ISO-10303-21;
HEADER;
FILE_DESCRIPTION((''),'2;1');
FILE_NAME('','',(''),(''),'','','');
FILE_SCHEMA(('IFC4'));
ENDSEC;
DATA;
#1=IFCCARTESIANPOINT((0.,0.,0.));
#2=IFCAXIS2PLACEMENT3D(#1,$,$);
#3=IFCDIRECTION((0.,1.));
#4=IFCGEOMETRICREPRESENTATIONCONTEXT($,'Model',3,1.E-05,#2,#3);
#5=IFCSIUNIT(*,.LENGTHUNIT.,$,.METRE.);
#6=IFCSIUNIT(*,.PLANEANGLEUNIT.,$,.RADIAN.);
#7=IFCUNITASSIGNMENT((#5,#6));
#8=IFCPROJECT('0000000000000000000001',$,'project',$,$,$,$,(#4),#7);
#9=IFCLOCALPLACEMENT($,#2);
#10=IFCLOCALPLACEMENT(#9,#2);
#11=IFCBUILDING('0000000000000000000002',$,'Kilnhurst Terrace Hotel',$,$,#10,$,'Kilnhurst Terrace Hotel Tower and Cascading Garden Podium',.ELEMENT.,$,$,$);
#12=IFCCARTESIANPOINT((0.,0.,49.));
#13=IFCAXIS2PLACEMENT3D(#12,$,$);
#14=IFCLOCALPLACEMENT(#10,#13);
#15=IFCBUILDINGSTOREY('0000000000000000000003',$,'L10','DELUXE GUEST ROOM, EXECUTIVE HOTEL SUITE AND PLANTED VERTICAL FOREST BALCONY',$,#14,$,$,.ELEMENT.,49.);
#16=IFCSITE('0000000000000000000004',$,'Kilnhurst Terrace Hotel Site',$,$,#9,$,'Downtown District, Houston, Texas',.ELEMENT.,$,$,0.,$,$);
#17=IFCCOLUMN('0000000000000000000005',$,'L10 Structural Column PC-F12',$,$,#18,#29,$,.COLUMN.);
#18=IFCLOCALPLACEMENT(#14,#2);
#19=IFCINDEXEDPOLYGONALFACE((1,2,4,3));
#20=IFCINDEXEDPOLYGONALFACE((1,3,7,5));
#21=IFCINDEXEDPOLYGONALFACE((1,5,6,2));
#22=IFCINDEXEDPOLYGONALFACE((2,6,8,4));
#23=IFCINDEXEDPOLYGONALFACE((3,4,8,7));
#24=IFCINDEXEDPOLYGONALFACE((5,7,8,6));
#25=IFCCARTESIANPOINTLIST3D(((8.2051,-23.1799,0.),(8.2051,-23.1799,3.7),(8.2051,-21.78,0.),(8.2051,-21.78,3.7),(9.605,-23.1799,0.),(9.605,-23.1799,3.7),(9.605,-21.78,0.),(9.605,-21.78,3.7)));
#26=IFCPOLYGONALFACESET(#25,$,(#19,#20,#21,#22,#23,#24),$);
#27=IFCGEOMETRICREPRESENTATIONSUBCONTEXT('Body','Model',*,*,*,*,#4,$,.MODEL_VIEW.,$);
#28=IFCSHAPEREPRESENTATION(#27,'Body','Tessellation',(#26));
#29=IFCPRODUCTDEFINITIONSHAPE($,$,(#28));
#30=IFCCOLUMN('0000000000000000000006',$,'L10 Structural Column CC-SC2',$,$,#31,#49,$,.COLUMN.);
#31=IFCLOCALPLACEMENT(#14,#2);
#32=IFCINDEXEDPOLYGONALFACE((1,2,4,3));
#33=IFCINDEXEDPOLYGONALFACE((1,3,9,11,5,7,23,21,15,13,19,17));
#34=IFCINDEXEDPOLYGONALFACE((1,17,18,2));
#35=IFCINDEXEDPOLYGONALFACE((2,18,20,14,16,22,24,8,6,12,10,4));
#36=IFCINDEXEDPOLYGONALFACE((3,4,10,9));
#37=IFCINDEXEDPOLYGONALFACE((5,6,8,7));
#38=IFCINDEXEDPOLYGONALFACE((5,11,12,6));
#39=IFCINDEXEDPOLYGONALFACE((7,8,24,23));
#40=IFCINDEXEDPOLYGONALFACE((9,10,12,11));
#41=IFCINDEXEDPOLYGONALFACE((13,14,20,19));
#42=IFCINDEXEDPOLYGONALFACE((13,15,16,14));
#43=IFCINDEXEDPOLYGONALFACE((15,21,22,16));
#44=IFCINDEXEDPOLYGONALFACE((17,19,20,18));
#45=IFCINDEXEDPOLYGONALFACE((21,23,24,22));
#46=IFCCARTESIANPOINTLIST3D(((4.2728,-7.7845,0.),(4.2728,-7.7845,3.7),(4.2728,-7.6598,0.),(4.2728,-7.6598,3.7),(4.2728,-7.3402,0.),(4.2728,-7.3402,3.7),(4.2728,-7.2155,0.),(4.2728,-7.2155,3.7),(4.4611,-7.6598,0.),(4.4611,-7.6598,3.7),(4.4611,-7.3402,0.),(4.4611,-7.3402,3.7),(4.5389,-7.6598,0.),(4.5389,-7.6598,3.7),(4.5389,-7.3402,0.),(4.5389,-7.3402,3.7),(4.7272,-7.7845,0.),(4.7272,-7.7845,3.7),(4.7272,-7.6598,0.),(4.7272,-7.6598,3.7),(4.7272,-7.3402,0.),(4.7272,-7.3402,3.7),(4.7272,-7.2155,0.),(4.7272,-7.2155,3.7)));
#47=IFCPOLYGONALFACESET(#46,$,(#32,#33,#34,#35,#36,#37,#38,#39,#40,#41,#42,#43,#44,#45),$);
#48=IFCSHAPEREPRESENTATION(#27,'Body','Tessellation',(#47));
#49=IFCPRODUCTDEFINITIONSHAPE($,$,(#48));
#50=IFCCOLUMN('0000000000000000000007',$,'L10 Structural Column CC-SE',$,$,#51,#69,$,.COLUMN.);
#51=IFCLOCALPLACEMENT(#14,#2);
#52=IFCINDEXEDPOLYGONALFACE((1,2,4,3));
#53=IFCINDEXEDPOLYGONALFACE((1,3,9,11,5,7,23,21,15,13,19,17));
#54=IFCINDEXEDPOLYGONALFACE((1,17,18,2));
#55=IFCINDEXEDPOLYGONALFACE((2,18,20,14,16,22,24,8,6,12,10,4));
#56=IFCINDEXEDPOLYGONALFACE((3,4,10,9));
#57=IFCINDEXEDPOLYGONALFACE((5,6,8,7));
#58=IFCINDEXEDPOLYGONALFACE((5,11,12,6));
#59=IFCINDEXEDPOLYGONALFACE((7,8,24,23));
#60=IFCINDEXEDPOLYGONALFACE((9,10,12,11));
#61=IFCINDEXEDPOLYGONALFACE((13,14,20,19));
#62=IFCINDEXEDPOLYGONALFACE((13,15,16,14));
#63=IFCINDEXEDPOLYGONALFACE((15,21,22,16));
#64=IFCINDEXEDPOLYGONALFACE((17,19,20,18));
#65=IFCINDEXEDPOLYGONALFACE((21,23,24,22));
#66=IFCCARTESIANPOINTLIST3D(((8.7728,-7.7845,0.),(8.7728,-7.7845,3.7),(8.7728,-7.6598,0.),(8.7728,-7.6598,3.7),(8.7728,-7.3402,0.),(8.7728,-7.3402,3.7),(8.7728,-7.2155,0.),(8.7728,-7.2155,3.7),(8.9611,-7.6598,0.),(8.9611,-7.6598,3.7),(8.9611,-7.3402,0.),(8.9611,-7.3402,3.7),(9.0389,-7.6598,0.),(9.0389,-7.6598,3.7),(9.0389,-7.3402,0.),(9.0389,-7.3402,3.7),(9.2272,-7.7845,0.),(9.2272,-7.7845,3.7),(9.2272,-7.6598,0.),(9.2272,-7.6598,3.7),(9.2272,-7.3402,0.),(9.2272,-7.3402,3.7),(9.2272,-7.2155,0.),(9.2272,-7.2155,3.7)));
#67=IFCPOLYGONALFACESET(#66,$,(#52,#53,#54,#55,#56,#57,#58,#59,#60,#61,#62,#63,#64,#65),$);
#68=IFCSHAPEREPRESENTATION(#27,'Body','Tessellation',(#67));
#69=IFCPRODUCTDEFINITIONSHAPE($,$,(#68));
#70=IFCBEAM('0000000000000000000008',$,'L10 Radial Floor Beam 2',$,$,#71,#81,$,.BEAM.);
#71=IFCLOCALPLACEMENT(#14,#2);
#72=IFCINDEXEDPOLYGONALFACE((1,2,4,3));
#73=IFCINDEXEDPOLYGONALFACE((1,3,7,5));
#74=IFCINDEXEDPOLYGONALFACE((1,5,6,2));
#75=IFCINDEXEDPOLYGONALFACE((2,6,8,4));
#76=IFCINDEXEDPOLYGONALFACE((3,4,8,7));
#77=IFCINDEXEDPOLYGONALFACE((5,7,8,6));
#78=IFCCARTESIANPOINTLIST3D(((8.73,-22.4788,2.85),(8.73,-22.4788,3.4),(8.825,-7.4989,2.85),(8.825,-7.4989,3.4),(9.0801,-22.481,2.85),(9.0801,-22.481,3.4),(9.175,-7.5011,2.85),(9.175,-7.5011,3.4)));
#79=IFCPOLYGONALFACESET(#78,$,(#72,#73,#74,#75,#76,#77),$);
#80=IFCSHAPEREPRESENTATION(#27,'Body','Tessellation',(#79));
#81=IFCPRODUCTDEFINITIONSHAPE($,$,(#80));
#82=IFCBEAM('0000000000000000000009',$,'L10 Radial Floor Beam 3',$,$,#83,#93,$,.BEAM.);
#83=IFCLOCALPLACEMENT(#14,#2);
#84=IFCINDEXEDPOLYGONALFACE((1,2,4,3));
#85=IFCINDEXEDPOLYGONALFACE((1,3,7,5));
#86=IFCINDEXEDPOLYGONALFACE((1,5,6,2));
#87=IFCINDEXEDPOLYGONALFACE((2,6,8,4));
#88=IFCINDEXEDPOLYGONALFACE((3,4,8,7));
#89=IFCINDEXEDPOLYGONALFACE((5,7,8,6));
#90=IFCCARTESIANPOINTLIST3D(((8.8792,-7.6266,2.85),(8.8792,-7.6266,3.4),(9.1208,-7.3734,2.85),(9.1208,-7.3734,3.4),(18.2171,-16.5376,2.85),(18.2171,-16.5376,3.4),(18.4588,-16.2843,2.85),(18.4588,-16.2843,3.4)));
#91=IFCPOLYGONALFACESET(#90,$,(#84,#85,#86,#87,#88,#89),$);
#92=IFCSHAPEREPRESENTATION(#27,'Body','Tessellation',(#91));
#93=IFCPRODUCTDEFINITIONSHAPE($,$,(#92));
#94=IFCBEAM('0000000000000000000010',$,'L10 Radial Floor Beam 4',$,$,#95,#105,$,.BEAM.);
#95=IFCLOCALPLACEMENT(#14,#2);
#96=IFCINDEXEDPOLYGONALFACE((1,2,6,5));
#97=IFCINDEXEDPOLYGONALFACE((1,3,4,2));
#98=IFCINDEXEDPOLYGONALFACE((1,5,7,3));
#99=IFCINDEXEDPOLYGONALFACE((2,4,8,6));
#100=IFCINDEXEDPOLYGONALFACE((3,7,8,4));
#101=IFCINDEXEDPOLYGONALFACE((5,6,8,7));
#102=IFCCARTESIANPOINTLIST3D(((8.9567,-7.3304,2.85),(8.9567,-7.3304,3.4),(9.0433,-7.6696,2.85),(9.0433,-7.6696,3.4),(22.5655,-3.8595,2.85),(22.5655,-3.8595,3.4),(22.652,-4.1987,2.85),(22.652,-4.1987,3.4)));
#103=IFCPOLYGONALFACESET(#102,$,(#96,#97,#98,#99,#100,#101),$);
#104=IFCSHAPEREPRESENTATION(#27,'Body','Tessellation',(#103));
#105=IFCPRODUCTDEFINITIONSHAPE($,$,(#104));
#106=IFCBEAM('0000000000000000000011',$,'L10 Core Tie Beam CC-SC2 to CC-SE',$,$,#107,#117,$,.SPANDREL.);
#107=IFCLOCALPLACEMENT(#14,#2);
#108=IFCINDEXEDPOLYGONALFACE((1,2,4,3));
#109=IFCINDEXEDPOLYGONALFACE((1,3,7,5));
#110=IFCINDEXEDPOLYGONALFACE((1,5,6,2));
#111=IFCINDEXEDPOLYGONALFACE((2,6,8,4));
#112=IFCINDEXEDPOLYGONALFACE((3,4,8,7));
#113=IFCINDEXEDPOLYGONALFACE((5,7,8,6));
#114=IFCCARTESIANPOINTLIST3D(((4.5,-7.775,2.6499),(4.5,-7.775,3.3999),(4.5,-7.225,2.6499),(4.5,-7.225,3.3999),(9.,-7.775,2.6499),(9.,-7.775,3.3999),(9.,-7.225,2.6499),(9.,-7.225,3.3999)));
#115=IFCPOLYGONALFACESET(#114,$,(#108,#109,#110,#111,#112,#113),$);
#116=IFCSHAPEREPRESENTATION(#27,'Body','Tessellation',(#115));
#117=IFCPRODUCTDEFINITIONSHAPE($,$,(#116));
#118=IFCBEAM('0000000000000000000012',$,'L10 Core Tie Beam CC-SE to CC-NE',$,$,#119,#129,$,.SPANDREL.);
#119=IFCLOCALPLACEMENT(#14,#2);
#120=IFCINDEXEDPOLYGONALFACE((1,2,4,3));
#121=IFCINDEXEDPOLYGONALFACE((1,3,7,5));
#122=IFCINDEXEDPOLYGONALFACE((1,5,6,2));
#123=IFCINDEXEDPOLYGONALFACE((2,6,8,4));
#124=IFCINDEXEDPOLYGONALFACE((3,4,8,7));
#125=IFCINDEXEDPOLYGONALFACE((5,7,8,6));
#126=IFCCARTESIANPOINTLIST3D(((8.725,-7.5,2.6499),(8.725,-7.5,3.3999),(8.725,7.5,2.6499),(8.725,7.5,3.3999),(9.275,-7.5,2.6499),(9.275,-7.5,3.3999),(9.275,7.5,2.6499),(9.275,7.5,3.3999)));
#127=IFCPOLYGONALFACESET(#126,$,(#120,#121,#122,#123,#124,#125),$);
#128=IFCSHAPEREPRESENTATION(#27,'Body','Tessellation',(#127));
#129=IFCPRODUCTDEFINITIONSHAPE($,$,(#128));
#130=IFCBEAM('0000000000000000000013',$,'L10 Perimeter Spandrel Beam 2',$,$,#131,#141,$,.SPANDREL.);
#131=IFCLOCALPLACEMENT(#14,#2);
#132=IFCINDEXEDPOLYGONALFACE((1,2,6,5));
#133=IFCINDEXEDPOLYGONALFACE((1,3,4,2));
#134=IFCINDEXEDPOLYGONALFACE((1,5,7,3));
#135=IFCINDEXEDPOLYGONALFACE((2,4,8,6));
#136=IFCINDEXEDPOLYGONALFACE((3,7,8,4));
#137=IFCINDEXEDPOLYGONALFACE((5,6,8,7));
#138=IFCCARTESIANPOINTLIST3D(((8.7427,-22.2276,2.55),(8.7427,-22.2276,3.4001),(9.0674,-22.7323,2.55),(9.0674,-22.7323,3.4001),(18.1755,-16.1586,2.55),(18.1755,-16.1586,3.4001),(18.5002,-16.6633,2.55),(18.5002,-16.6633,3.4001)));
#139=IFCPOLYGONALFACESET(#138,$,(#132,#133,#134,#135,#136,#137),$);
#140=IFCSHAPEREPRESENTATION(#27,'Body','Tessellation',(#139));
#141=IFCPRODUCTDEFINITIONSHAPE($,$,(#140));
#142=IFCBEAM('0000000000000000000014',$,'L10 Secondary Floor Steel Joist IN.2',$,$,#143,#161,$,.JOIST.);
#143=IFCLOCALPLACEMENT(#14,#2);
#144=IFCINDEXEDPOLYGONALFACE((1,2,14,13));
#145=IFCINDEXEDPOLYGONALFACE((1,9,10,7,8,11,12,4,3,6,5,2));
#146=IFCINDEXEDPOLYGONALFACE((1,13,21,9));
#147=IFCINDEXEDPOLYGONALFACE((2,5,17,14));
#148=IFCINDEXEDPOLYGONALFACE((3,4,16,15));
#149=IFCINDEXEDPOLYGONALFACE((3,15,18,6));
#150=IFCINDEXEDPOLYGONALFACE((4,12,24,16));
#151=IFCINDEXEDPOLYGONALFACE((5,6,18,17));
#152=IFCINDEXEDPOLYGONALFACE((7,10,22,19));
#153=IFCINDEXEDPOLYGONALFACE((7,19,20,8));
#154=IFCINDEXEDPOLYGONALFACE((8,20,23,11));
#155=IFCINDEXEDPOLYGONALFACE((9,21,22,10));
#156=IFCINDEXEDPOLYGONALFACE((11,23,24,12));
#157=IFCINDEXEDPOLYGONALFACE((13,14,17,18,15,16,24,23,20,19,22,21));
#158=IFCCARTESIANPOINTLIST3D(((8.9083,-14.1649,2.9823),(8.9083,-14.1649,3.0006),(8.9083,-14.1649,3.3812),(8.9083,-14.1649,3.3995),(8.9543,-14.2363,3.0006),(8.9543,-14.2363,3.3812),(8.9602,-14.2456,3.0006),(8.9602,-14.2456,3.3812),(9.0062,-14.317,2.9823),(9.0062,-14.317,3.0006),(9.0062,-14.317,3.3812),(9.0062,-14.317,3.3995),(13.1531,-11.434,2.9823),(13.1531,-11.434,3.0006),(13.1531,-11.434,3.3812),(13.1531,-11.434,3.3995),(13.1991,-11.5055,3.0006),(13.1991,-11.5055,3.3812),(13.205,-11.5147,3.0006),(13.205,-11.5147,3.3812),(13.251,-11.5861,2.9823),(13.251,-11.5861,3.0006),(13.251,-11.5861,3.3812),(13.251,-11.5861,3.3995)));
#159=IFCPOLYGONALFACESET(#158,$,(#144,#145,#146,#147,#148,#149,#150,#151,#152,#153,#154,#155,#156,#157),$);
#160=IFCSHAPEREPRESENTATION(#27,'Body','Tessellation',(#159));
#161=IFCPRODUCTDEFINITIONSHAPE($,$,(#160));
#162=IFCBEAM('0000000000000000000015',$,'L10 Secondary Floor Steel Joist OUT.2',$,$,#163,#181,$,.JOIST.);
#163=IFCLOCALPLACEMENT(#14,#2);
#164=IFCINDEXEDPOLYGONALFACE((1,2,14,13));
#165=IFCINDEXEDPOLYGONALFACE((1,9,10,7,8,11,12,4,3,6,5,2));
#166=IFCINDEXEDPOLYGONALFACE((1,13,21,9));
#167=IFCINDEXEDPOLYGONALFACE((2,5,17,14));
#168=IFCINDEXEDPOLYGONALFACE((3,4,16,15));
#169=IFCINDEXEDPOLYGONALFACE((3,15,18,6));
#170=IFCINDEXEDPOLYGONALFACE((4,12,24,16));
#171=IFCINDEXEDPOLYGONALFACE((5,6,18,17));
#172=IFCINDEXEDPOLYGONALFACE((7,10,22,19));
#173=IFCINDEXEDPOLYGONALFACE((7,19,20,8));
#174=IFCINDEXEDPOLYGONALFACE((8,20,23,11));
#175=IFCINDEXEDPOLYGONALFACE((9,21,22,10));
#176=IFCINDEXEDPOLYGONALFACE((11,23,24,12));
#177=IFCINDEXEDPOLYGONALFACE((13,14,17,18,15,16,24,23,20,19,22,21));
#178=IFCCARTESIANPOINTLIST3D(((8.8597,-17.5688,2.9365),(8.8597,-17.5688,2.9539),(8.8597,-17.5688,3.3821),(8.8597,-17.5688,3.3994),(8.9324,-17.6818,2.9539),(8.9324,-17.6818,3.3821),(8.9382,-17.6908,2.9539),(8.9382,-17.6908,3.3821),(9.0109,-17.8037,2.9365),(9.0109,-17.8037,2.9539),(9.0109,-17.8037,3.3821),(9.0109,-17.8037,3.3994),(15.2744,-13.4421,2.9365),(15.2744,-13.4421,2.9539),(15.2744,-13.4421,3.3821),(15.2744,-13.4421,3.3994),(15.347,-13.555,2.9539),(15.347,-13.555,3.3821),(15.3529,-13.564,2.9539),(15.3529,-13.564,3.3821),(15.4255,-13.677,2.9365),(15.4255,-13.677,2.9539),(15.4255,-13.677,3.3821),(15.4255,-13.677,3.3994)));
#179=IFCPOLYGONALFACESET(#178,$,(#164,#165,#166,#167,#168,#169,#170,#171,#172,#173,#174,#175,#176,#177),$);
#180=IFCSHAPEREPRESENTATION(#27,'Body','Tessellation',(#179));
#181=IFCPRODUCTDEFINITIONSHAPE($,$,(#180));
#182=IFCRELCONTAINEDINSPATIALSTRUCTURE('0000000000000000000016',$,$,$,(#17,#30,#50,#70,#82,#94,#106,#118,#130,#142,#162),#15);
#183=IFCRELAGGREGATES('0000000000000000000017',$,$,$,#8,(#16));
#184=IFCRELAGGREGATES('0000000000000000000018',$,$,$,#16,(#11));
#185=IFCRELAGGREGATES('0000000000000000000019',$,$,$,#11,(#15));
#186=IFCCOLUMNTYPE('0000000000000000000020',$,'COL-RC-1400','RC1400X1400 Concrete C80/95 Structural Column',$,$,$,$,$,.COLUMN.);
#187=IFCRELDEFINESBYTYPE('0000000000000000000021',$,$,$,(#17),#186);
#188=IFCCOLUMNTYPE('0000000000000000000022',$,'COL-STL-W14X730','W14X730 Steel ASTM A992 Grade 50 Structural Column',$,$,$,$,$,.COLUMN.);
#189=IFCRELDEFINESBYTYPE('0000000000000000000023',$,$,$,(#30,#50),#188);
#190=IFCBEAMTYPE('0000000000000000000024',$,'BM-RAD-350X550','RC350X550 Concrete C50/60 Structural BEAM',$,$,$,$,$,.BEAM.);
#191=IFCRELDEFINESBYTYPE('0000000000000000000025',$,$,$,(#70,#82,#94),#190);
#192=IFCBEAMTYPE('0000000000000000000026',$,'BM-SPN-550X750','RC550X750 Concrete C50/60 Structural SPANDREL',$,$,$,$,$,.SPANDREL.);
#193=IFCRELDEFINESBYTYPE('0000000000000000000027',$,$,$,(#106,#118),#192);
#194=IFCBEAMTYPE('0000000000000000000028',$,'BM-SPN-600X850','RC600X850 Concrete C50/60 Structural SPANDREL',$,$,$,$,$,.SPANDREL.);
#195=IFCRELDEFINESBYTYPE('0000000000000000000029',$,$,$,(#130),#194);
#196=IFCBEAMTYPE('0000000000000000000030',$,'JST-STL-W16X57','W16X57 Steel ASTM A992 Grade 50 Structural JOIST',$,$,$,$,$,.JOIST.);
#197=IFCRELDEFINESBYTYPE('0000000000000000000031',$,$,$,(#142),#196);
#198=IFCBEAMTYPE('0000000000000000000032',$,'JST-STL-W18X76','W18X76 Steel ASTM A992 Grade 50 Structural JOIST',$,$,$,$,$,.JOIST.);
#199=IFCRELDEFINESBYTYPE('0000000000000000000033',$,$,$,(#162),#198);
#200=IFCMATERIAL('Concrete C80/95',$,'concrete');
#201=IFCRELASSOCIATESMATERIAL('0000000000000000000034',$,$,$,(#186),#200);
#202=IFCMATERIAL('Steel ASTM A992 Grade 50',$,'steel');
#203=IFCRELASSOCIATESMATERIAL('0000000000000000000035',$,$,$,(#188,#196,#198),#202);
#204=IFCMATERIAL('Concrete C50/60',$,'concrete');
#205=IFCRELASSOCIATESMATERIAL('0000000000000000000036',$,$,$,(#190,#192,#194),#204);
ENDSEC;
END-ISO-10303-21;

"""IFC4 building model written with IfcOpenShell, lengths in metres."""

from ifc_helpers import new_model, si_unit, direction, frame, origin, origin_2d, place, context, subcontext, project, spatial, rectangle, i_section, extrude, material, material_profile, profile_set, type_object, element, save


model = new_model("IFC4")

# Units and contexts
model_context = context("Model", 3, precision=1e-05, world=origin(), true_north=direction((0.0, 1.0)))
body_context = subcontext(model_context, "Body", "Model", "MODEL_VIEW")
ifc_project = project(units=[si_unit("LENGTHUNIT", "METRE"), si_unit("PLANEANGLEUNIT", "RADIAN")], contexts=[model_context])

# Site, building, storey
site_placement = place(None, origin())
site = spatial("IfcSite", under=ifc_project, at=site_placement, Name="Kilnhurst Terrace Hotel Site", LongName="Downtown District, Houston, Texas", CompositionType="ELEMENT", RefElevation=0.0)
building_placement = place(site_placement, origin())
building = spatial("IfcBuilding", under=site, at=building_placement, Name="Kilnhurst Terrace Hotel", LongName="Kilnhurst Terrace Hotel Tower and Cascading Garden Podium", CompositionType="ELEMENT")
storey_placement = place(building_placement, frame((0.0, 0.0, 49.0)))
storey = spatial("IfcBuildingStorey", under=building, at=storey_placement, Name="L10", Description="DELUXE GUEST ROOM, EXECUTIVE HOTEL SUITE AND PLANTED VERTICAL FOREST BALCONY", CompositionType="ELEMENT", Elevation=49.0)

# Columns
ifc_material_1 = material(Name="Concrete C80/95", Category="concrete")
ifc_material_profile_1 = material_profile(ifc_material_1, rectangle(XDim=1.3999, YDim=1.3999, at=origin_2d()), Name="RC1400X1400")
ifc_profile_set_1 = profile_set([ifc_material_profile_1], Name="Concrete C80/95")
column_type_1 = type_object("IfcColumnType", Name="COL-RC-1400", Description="RC1400X1400 Concrete C80/95 Structural Column", PredefinedType="COLUMN", material=ifc_profile_set_1)
column_placement = place(storey_placement, frame((8.905, -22.48, 0.0), z_axis=(0.0, 0.0, 1.0), x_axis=(1.0, 0.0, 0.0)))
element("IfcColumn", 1, at=column_placement, inside=storey, type_object=column_type_1, Name="L10 Structural Column PC-F12", PredefinedType="COLUMN", context=body_context, shape_type="SweptSolid", body=[
    extrude(rectangle(XDim=1.3999, YDim=1.3999, at=origin_2d()), origin(), (0.0, 0.0, 1.0), 3.7),
])
ifc_material_2 = material(Name="Steel ASTM A992 Grade 50", Category="steel")
ifc_material_profile_2 = material_profile(ifc_material_2, i_section(OverallWidth=0.4543, OverallDepth=0.5691, WebThickness=0.0779, FlangeThickness=0.1248, at=origin_2d()), Name="W14X730")
ifc_profile_set_2 = profile_set([ifc_material_profile_2], Name="Steel ASTM A992 Grade 50")
column_type_2 = type_object("IfcColumnType", Name="COL-STL-W14X730", Description="W14X730 Steel ASTM A992 Grade 50 Structural Column", PredefinedType="COLUMN", material=ifc_profile_set_2)
for number, where, z_axis, x_axis, name in (
    (2, (4.5, -7.5, 0.0), (0.0, 0.0, 1.0), (1.0, 0.0, 0.0), "L10 Structural Column CC-SC2"),
    (3, (9.0, -7.5, 0.0), (0.0, 0.0, 1.0), (1.0, 0.0, 0.0), "L10 Structural Column CC-SE"),
):
    element("IfcColumn", number, at=place(storey_placement, frame(where, z_axis=z_axis, x_axis=x_axis)), inside=storey, type_object=column_type_2, Name=name, PredefinedType="COLUMN", context=body_context, shape_type="SweptSolid", body=[
        extrude(i_section(OverallWidth=0.4543, OverallDepth=0.5691, WebThickness=0.0779, FlangeThickness=0.1248, at=origin_2d()), origin(), (0.0, 0.0, 1.0), 3.7),
    ])

# Beams
ifc_material_3 = material(Name="Concrete C50/60", Category="concrete")
ifc_material_profile_3 = material_profile(ifc_material_3, rectangle(XDim=0.3501, YDim=0.55, at=origin_2d()), Name="RC350X550")
ifc_profile_set_3 = profile_set([ifc_material_profile_3], Name="Concrete C50/60")
beam_type_1 = type_object("IfcBeamType", Name="BM-RAD-350X550", Description="RC350X550 Concrete C50/60 Structural BEAM", PredefinedType="BEAM", material=ifc_profile_set_3)
beam_1_placement = place(storey_placement, frame((9.0, -7.5, 3.125), z_axis=(-0.00634, -0.99998, 0.0), x_axis=(0.99998, -0.00634, 0.0)))
element("IfcBeam", 4, at=beam_1_placement, inside=storey, type_object=beam_type_1, Name="L10 Radial Floor Beam 2", PredefinedType="BEAM", context=body_context, shape_type="SweptSolid", body=[
    extrude(rectangle(XDim=0.3501, YDim=0.55, at=origin_2d()), origin(), (0.0, 0.0, 1.0), 14.9802),
])
beam_2_placement = place(storey_placement, frame((9.0, -7.5, 3.125), z_axis=(0.723454, -0.690372, 0.0), x_axis=(0.690372, 0.723454, 0.0)))
element("IfcBeam", 5, at=beam_2_placement, inside=storey, type_object=beam_type_1, Name="L10 Radial Floor Beam 3", PredefinedType="BEAM", context=body_context, shape_type="SweptSolid", body=[
    extrude(rectangle(XDim=0.3501, YDim=0.55, at=origin_2d()), origin(), (0.0, 0.0, 1.0), 12.9075),
])
beam_3_placement = place(storey_placement, frame((9.0, -7.5, 3.125), z_axis=(0.96898, 0.247138, 0.0), x_axis=(-0.247138, 0.96898, 0.0)))
element("IfcBeam", 6, at=beam_3_placement, inside=storey, type_object=beam_type_1, Name="L10 Radial Floor Beam 4", PredefinedType="BEAM", context=body_context, shape_type="SweptSolid", body=[
    extrude(rectangle(XDim=0.3501, YDim=0.55, at=origin_2d()), origin(), (0.0, 0.0, 1.0), 14.0444),
])
ifc_material_profile_4 = material_profile(ifc_material_3, rectangle(XDim=0.55, YDim=0.75, at=origin_2d()), Name="RC550X750")
ifc_profile_set_4 = profile_set([ifc_material_profile_4], Name="Concrete C50/60")
beam_type_2 = type_object("IfcBeamType", Name="BM-SPN-550X750", Description="RC550X750 Concrete C50/60 Structural SPANDREL", PredefinedType="SPANDREL", material=ifc_profile_set_4)
beam_4_placement = place(storey_placement, frame((4.5, -7.5, 3.0249), z_axis=(1.0, 0.0, 0.0), x_axis=(0.0, 1.0, 0.0)))
element("IfcBeam", 7, at=beam_4_placement, inside=storey, type_object=beam_type_2, Name="L10 Core Tie Beam CC-SC2 to CC-SE", PredefinedType="SPANDREL", context=body_context, shape_type="SweptSolid", body=[
    extrude(rectangle(XDim=0.55, YDim=0.75, at=origin_2d()), origin(), (0.0, 0.0, 1.0), 4.5),
])
beam_5_placement = place(storey_placement, frame((9.0, -7.5, 3.0249), z_axis=(0.0, 1.0, 0.0), x_axis=(-1.0, 0.0, 0.0)))
element("IfcBeam", 8, at=beam_5_placement, inside=storey, type_object=beam_type_2, Name="L10 Core Tie Beam CC-SE to CC-NE", PredefinedType="SPANDREL", context=body_context, shape_type="SweptSolid", body=[
    extrude(rectangle(XDim=0.55, YDim=0.75, at=origin_2d()), origin(), (0.0, 0.0, 1.0), 15.0),
])
ifc_material_profile_5 = material_profile(ifc_material_3, rectangle(XDim=0.6001, YDim=0.8501, at=origin_2d()), Name="RC600X850")
ifc_profile_set_5 = profile_set([ifc_material_profile_5], Name="Concrete C50/60")
beam_type_3 = type_object("IfcBeamType", Name="BM-SPN-600X850", Description="RC600X850 Concrete C50/60 Structural SPANDREL", PredefinedType="SPANDREL", material=ifc_profile_set_5)
beam_6_placement = place(storey_placement, frame((8.905, -22.48, 2.9751), z_axis=(0.840971, 0.54108, 0.0), x_axis=(-0.54108, 0.840971, 0.0)))
element("IfcBeam", 9, at=beam_6_placement, inside=storey, type_object=beam_type_3, Name="L10 Perimeter Spandrel Beam 2", PredefinedType="SPANDREL", context=body_context, shape_type="SweptSolid", body=[
    extrude(rectangle(XDim=0.6001, YDim=0.8501, at=origin_2d()), origin(), (0.0, 0.0, 1.0), 11.2166),
])
ifc_material_profile_6 = material_profile(ifc_material_2, i_section(OverallWidth=0.1809, OverallDepth=0.4172, WebThickness=0.011, FlangeThickness=0.0183, at=origin_2d()), Name="W16X57")
ifc_profile_set_6 = profile_set([ifc_material_profile_6], Name="Steel ASTM A992 Grade 50")
beam_type_4 = type_object("IfcBeamType", Name="JST-STL-W16X57", Description="W16X57 Steel ASTM A992 Grade 50 Structural JOIST", PredefinedType="JOIST", material=ifc_profile_set_6)
beam_7_placement = place(storey_placement, frame((8.9573, -14.241, 3.1909), z_axis=(0.840988, 0.541053, 0.0), x_axis=(-0.541053, 0.840988, 0.0)))
element("IfcBeam", 10, at=beam_7_placement, inside=storey, type_object=beam_type_4, Name="L10 Secondary Floor Steel Joist IN.2", PredefinedType="JOIST", context=body_context, shape_type="SweptSolid", body=[
    extrude(i_section(OverallWidth=0.1809, OverallDepth=0.4172, WebThickness=0.011, FlangeThickness=0.0183, at=origin_2d()), origin(), (0.0, 0.0, 1.0), 5.0474),
])
ifc_material_profile_7 = material_profile(ifc_material_2, i_section(OverallWidth=0.2793, OverallDepth=0.4629, WebThickness=0.0107, FlangeThickness=0.0173, at=origin_2d()), Name="W18X76")
ifc_profile_set_7 = profile_set([ifc_material_profile_7], Name="Steel ASTM A992 Grade 50")
beam_type_5 = type_object("IfcBeamType", Name="JST-STL-W18X76", Description="W18X76 Steel ASTM A992 Grade 50 Structural JOIST", PredefinedType="JOIST", material=ifc_profile_set_7)
beam_8_placement = place(storey_placement, frame((8.9353, -17.6863, 3.168), z_axis=(0.840995, 0.541042, 0.0), x_axis=(-0.541042, 0.840995, 0.0)))
element("IfcBeam", 11, at=beam_8_placement, inside=storey, type_object=beam_type_5, Name="L10 Secondary Floor Steel Joist OUT.2", PredefinedType="JOIST", context=body_context, shape_type="SweptSolid", body=[
    extrude(i_section(OverallWidth=0.2793, OverallDepth=0.4629, WebThickness=0.0107, FlangeThickness=0.0173, at=origin_2d()), origin(), (0.0, 0.0, 1.0), 7.6274),
])

save(model, "model.ifc")
